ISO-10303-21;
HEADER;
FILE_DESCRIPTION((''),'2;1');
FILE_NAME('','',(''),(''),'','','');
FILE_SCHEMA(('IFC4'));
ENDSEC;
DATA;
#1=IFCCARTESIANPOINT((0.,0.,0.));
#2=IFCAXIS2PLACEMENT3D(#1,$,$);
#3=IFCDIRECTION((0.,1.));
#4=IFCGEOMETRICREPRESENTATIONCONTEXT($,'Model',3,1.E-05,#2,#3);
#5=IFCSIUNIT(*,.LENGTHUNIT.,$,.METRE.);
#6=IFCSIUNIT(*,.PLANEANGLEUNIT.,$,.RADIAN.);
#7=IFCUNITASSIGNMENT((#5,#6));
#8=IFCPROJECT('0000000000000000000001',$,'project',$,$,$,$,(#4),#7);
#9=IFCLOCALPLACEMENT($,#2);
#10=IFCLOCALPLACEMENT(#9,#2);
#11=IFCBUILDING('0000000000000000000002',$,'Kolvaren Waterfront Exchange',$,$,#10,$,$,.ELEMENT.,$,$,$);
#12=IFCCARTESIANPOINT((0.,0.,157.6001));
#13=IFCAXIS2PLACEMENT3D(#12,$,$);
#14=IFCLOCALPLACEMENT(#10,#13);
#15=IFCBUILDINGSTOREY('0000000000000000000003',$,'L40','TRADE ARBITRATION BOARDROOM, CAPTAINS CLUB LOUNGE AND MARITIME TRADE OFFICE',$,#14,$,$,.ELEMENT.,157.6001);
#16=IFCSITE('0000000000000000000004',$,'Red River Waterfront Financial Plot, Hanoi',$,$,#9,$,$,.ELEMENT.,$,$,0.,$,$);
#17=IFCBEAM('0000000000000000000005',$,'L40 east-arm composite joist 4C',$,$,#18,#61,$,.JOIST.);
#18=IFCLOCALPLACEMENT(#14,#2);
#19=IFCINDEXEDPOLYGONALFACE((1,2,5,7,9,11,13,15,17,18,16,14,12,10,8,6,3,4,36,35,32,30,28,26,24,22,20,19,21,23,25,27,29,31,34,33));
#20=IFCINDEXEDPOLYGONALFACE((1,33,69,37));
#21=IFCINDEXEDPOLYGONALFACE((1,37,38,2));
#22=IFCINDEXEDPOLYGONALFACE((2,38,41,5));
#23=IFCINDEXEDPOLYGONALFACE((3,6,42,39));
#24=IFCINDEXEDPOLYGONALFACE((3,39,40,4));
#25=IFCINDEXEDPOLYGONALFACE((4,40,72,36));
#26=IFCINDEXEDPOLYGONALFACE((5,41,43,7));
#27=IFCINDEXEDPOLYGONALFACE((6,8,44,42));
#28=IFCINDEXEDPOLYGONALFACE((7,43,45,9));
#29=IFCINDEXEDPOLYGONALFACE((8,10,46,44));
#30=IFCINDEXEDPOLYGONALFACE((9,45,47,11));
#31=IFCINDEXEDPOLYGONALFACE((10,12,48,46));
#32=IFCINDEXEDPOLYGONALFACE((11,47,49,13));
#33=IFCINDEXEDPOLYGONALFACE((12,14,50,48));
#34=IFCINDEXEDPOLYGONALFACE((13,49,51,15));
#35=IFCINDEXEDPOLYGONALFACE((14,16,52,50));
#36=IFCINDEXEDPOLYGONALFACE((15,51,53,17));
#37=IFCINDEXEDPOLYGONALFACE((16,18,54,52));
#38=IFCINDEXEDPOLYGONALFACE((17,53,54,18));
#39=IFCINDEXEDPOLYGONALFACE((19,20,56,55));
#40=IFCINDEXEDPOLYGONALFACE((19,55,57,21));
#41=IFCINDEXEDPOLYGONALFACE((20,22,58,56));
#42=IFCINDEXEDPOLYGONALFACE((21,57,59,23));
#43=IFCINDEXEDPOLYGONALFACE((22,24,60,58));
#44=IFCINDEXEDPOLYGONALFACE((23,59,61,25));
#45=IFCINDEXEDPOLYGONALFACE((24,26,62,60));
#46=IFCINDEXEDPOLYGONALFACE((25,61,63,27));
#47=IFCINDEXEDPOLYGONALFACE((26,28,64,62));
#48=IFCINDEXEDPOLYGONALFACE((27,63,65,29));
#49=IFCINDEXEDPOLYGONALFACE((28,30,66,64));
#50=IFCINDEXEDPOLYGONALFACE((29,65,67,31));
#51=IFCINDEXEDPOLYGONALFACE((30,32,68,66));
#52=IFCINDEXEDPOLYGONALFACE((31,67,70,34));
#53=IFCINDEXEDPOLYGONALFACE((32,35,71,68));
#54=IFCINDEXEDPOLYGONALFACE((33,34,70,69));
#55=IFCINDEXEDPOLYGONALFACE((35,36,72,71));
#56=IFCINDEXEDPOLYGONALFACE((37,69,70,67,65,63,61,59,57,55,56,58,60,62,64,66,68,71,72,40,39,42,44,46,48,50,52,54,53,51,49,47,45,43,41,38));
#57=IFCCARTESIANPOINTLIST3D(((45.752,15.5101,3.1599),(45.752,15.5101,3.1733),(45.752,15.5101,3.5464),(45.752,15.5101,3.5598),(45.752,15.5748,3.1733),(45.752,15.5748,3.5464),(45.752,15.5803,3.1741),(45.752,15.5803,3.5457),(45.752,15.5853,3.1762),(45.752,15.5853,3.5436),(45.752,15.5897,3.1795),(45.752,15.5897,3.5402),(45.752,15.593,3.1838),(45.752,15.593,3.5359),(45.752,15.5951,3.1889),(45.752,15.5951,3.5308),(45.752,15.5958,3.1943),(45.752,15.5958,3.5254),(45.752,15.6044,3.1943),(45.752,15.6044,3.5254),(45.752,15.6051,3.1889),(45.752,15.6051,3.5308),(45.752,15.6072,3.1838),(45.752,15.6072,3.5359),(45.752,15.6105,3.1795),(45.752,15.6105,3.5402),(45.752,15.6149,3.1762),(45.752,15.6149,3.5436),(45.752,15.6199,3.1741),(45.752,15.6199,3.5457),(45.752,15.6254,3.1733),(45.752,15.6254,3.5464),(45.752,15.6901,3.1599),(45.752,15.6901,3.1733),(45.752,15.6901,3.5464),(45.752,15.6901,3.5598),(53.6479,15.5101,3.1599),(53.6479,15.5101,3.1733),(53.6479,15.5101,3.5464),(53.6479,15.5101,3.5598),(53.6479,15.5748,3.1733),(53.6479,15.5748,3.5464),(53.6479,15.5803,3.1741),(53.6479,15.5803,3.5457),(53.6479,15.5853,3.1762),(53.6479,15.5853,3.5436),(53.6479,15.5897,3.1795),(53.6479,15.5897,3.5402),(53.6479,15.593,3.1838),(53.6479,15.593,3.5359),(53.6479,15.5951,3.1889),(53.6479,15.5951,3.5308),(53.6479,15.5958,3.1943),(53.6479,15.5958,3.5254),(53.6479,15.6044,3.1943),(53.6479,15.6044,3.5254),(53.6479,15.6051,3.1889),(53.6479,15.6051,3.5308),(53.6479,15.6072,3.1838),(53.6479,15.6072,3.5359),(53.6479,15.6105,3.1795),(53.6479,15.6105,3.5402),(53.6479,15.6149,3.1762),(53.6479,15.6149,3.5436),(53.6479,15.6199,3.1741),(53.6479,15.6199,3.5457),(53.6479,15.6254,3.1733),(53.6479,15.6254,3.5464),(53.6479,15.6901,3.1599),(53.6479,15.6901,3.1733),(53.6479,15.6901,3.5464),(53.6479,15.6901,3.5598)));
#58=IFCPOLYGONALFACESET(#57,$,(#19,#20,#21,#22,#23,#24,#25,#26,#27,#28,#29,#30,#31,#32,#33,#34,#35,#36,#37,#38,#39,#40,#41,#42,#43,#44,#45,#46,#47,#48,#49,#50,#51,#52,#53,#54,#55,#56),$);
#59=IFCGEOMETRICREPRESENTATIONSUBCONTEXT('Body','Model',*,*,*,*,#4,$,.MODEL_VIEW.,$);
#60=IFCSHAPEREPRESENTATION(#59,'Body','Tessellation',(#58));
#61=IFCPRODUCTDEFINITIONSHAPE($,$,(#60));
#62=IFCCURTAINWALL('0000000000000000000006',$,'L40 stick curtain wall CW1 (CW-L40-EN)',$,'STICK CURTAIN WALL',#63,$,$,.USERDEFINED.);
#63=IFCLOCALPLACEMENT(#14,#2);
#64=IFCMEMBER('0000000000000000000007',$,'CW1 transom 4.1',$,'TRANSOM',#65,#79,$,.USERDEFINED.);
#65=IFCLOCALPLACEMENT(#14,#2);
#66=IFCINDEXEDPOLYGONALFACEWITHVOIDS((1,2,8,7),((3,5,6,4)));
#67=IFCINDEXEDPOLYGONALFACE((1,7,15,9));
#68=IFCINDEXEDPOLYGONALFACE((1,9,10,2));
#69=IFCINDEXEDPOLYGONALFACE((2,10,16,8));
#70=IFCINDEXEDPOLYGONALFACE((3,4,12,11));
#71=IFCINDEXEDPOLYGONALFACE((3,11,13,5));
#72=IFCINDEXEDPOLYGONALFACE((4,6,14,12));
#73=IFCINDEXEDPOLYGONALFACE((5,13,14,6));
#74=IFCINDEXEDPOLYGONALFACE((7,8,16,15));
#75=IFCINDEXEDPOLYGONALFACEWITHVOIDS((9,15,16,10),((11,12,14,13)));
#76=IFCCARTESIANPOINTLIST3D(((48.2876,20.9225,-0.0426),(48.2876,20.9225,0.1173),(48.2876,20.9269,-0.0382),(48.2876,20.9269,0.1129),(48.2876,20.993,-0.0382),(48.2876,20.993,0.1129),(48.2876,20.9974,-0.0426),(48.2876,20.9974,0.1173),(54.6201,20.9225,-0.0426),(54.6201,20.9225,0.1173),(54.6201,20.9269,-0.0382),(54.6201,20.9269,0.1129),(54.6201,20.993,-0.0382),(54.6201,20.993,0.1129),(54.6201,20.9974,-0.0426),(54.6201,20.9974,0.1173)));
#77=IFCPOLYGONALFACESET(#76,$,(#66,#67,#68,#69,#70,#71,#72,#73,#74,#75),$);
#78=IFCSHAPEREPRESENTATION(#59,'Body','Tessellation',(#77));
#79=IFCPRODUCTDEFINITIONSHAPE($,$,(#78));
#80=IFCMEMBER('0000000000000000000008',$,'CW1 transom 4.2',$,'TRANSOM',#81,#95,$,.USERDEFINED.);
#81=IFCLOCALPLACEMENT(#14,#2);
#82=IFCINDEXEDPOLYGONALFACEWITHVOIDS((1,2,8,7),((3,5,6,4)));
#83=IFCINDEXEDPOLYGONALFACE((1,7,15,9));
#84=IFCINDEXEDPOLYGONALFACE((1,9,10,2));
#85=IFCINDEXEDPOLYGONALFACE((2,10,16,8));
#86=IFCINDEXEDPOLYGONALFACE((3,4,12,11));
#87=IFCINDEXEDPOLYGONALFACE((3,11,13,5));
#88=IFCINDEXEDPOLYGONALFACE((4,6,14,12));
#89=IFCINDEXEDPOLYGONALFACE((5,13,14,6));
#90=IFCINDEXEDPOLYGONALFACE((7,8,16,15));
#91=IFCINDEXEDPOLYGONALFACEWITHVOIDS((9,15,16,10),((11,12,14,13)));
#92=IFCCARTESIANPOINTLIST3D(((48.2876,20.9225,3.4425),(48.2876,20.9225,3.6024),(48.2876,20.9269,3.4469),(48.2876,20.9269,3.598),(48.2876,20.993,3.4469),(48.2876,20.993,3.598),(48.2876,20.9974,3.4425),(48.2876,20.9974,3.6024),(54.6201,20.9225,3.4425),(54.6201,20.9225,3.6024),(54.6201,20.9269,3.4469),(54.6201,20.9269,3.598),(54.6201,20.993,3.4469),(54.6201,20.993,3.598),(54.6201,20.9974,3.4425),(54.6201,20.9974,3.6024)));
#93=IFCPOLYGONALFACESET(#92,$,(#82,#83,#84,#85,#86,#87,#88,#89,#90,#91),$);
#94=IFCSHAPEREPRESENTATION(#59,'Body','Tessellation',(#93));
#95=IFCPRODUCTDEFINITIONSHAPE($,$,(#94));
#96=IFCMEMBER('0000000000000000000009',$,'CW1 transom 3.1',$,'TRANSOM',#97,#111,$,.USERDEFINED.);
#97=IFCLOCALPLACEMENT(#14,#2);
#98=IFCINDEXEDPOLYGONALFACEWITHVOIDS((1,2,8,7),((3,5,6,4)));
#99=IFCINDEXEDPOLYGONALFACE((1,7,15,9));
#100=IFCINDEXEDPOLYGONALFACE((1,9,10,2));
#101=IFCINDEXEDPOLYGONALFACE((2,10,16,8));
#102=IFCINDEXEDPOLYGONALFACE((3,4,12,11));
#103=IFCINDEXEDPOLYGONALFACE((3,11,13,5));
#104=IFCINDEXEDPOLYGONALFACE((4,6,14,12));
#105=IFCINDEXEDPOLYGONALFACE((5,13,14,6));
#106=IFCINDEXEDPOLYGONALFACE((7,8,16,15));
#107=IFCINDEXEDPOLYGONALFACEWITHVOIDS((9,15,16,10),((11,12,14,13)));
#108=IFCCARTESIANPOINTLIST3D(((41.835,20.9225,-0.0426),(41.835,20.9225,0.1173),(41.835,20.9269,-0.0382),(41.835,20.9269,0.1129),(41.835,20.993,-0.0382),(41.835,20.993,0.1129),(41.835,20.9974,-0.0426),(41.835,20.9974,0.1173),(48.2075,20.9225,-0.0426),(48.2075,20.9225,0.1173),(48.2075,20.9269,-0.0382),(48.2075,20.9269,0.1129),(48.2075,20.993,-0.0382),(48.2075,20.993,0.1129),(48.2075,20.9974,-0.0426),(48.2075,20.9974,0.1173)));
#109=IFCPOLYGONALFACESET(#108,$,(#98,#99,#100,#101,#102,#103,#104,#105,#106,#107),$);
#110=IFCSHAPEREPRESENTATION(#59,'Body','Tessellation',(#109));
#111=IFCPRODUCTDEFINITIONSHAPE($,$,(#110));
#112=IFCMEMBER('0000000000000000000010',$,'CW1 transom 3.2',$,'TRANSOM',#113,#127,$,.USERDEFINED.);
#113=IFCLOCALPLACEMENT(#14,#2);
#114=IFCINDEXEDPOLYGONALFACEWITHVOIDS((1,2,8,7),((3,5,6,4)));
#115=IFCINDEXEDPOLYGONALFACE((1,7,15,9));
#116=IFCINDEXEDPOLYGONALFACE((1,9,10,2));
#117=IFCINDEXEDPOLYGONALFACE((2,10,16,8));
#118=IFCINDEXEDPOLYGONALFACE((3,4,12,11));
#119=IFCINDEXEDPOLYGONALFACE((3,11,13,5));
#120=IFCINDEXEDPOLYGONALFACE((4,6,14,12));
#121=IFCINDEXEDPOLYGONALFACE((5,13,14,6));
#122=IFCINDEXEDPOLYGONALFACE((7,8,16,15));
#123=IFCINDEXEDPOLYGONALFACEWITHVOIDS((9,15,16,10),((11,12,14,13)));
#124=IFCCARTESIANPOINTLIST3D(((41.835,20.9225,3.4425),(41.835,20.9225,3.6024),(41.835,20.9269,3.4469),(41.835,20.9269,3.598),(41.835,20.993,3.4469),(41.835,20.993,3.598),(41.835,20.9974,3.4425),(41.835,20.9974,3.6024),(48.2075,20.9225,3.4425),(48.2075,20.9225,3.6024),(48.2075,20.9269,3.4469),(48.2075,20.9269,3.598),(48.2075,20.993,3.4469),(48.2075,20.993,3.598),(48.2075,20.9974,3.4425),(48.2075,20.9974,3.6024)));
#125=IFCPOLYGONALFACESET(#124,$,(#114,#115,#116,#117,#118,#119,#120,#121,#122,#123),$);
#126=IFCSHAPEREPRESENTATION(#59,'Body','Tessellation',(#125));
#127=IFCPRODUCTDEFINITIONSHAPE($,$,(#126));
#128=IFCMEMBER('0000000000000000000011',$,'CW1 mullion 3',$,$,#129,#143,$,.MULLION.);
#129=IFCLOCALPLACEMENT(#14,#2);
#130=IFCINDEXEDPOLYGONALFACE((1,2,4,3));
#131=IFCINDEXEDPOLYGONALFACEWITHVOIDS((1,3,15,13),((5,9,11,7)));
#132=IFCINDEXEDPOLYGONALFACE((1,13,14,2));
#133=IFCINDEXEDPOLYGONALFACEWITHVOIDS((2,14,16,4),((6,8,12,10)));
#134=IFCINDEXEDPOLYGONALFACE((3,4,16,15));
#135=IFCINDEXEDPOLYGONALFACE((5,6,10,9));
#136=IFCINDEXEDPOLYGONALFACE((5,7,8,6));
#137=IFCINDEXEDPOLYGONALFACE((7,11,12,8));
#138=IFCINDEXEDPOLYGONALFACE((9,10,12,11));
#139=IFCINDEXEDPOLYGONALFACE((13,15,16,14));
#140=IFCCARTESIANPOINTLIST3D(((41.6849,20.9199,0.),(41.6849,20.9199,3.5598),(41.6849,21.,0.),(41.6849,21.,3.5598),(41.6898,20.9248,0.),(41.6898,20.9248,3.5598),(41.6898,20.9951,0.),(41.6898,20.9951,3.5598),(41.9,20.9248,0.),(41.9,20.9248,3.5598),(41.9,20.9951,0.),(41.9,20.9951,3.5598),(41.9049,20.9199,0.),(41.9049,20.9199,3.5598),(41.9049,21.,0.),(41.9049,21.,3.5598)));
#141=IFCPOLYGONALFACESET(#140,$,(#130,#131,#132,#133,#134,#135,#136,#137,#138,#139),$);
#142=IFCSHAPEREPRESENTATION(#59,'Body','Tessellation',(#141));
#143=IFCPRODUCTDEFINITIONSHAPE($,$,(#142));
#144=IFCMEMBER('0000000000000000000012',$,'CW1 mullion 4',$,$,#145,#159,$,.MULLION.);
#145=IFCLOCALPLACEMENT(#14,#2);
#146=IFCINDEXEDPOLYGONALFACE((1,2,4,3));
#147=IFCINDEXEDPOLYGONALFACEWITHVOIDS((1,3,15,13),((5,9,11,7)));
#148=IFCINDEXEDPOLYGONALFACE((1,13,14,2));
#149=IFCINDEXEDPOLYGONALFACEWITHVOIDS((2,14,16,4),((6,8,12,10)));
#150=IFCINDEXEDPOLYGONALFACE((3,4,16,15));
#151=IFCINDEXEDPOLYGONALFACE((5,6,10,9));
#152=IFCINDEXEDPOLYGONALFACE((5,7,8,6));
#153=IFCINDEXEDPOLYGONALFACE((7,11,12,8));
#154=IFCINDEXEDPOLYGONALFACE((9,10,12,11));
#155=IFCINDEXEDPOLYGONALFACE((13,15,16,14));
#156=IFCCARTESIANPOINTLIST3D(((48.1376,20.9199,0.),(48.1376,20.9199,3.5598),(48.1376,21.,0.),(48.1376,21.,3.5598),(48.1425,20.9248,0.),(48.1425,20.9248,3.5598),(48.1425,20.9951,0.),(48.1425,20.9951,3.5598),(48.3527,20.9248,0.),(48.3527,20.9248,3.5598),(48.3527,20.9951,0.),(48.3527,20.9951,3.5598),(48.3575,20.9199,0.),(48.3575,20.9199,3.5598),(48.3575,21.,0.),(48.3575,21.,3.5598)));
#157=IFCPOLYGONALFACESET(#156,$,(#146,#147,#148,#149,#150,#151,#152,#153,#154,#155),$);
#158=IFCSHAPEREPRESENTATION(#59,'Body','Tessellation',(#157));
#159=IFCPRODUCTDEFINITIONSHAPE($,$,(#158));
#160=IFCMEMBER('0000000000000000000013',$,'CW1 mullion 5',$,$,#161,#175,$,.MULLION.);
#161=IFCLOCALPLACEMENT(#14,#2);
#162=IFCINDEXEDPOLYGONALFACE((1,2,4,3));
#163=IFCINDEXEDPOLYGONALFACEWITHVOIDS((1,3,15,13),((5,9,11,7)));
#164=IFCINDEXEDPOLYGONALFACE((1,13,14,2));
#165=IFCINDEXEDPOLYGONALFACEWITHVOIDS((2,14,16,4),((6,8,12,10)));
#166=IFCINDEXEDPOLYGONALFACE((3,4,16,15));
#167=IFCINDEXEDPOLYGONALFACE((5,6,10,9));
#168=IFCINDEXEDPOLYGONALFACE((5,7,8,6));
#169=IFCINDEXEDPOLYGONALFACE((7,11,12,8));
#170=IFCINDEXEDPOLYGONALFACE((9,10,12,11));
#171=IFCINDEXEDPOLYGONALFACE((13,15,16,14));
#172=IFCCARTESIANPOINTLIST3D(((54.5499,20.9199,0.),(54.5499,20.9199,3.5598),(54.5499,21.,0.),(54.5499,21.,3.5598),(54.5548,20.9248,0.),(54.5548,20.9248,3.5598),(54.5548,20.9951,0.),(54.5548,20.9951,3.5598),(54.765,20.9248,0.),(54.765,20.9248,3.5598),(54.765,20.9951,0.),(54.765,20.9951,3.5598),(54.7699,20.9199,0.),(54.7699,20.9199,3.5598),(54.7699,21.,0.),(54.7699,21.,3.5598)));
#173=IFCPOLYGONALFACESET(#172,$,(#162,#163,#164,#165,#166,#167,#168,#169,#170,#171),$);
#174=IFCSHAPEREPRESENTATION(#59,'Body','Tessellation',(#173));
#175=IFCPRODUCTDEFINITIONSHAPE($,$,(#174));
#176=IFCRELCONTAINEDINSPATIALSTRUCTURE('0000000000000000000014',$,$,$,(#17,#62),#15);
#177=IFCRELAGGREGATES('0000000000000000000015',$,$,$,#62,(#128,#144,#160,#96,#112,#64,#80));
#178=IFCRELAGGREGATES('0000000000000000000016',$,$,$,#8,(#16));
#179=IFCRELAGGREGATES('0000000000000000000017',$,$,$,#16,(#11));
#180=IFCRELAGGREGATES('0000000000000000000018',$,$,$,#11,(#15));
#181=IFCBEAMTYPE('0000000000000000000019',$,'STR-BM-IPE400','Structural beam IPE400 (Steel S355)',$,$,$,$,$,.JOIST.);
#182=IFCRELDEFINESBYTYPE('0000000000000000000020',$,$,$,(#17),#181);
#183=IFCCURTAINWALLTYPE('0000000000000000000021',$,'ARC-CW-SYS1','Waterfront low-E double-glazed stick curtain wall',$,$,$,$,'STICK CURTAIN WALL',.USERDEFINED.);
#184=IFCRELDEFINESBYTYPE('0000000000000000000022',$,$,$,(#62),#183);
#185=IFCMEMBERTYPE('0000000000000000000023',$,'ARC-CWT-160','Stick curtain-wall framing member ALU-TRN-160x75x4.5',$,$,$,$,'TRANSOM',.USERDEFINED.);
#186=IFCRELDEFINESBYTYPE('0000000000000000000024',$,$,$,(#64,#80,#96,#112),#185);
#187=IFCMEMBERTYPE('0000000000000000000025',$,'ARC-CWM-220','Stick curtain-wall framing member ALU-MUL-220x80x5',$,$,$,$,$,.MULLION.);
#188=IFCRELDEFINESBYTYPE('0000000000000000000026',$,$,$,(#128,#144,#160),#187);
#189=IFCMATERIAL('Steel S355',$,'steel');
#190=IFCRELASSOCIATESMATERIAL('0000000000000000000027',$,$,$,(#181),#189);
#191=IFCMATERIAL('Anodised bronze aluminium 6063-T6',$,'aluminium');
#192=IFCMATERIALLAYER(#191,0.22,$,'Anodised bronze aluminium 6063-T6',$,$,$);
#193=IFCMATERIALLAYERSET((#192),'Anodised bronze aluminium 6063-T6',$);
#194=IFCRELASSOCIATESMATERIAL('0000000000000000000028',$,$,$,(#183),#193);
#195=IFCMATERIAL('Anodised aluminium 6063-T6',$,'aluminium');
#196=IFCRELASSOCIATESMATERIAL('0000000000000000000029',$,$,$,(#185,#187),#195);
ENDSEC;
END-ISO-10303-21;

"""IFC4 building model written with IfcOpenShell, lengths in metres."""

from ifc_helpers import new_model, si_unit, direction, frame, origin, origin_with_axes, origin_2d, place, context, subcontext, project, spatial, hollow_rectangle, i_section, extrude, source, transform, mapped, material, layer, layer_set, material_profile, profile_set, type_object, element, aggregate, save


model = new_model("IFC4")

# Units and contexts
model_context = context("Model", 3, precision=1e-05, world=origin(), true_north=direction((0.0, 1.0)))
body_context = subcontext(model_context, "Body", "Model", "MODEL_VIEW")
ifc_project = project(units=[si_unit("LENGTHUNIT", "METRE"), si_unit("PLANEANGLEUNIT", "RADIAN")], contexts=[model_context])

# Site, building, storey
site_placement = place(None, origin())
site = spatial("IfcSite", under=ifc_project, at=site_placement, Name="Red River Waterfront Financial Plot, Hanoi", CompositionType="ELEMENT", RefElevation=0.0)
building_placement = place(site_placement, origin())
building = spatial("IfcBuilding", under=site, at=building_placement, Name="Kolvaren Waterfront Exchange", CompositionType="ELEMENT")
storey_placement = place(building_placement, frame((0.0, 0.0, 157.6001)))
storey = spatial("IfcBuildingStorey", under=building, at=storey_placement, Name="L40", Description="TRADE ARBITRATION BOARDROOM, CAPTAINS CLUB LOUNGE AND MARITIME TRADE OFFICE", CompositionType="ELEMENT", Elevation=157.6001)

# Beam
ifc_material_1 = material(Name="Steel S355", Category="steel")
ifc_material_profile_1 = material_profile(ifc_material_1, i_section(OverallWidth=0.1799, OverallDepth=0.3999, WebThickness=0.0085, FlangeThickness=0.0134, FilletRadius=0.021, at=origin_2d()), Name="IPE400")
ifc_profile_set_1 = profile_set([ifc_material_profile_1], Name="Steel S355")
beam_type_1 = type_object("IfcBeamType", Name="STR-BM-IPE400", Description="Structural beam IPE400 (Steel S355)", PredefinedType="JOIST", material=ifc_profile_set_1)
for number, where, z_axis, x_axis, name in (
    (1, (45.752, 15.6001, 3.3599), (1.0, 0.0, 0.0), (0.0, 1.0, 0.0), "L40 east-arm composite joist 4C"),
):
    element("IfcBeam", number, at=place(storey_placement, frame(where, z_axis=z_axis, x_axis=x_axis)), inside=storey, type_object=beam_type_1, Name=name, PredefinedType="JOIST", context=body_context, shape_type="SweptSolid", body=[
        extrude(i_section(OverallWidth=0.1799, OverallDepth=0.3999, WebThickness=0.0085, FlangeThickness=0.0134, FilletRadius=0.021, at=origin_2d()), origin(), (0.0, 0.0, 1.0), 7.896),
    ])

# Curtain wall, members
ifc_material_2 = material(Name="Anodised bronze aluminium 6063-T6", Category="aluminium")
ifc_layer_1 = layer(ifc_material_2, 0.22, Name="Anodised bronze aluminium 6063-T6")
ifc_layer_set_1 = layer_set([ifc_layer_1], Name="Anodised bronze aluminium 6063-T6")
curtain_wall_type = type_object("IfcCurtainWallType", Name="ARC-CW-SYS1", Description="Waterfront low-E double-glazed stick curtain wall", ElementType="STICK CURTAIN WALL", PredefinedType="USERDEFINED", material=ifc_layer_set_1)
curtain_wall_placement = place(storey_placement, origin())
curtain_wall = element("IfcCurtainWall", 2, at=curtain_wall_placement, inside=storey, type_object=curtain_wall_type, Name="L40 stick curtain wall CW1 (CW-L40-EN)", ObjectType="STICK CURTAIN WALL", PredefinedType="USERDEFINED")
ifc_material_3 = material(Name="Anodised aluminium 6063-T6", Category="aluminium")
ifc_material_profile_2 = material_profile(ifc_material_3, hollow_rectangle(XDim=0.075, YDim=0.1599, WallThickness=0.0044, at=origin_2d()), Name="ALU-TRN-160x75x4.5")
ifc_profile_set_2 = profile_set([ifc_material_profile_2], Name="Anodised aluminium 6063-T6")
member_type_1 = type_object("IfcMemberType", Name="ARC-CWT-160", Description="Stick curtain-wall framing member ALU-TRN-160x75x4.5", ElementType="TRANSOM", PredefinedType="USERDEFINED", material=ifc_profile_set_2)
shared_shape_1 = source(origin_with_axes(), body_context, "Body", "SweptSolid", [
    extrude(hollow_rectangle(XDim=0.075, YDim=0.1599, WallThickness=0.0044, at=origin_2d()), origin(), (0.0, 0.0, 1.0), 6.3325),
])
member_1_placement = place(storey_placement, frame((48.2876, 20.96, 0.0374), z_axis=(1.0, 0.0, 0.0), x_axis=(0.0, 1.0, 0.0)))
member_1 = element("IfcMember", 3, at=member_1_placement, type_object=member_type_1, Name="CW1 transom 4.1", ObjectType="TRANSOM", PredefinedType="USERDEFINED", context=body_context, shape_type="MappedRepresentation", body=[
    mapped(shared_shape_1, transform((0.0, 0.0, 0.0), x_axis=(1.0, 0.0, 0.0), y_axis=(0.0, 1.0, 0.0), z_axis=(0.0, 0.0, 1.0), scale=1.0)),
])
member_2_placement = place(storey_placement, frame((48.2876, 20.96, 3.5225), z_axis=(1.0, 0.0, 0.0), x_axis=(0.0, 1.0, 0.0)))
member_2 = element("IfcMember", 4, at=member_2_placement, type_object=member_type_1, Name="CW1 transom 4.2", ObjectType="TRANSOM", PredefinedType="USERDEFINED", context=body_context, shape_type="MappedRepresentation", body=[
    mapped(shared_shape_1, transform((0.0, 0.0, 0.0), x_axis=(1.0, 0.0, 0.0), y_axis=(0.0, 1.0, 0.0), z_axis=(0.0, 0.0, 1.0), scale=1.0)),
])
shared_shape_2 = source(origin_with_axes(), body_context, "Body", "SweptSolid", [
    extrude(hollow_rectangle(XDim=0.075, YDim=0.1599, WallThickness=0.0044, at=origin_2d()), origin(), (0.0, 0.0, 1.0), 6.3726),
])
member_3_placement = place(storey_placement, frame((41.835, 20.96, 0.0374), z_axis=(1.0, 0.0, 0.0), x_axis=(0.0, 1.0, 0.0)))
member_3 = element("IfcMember", 5, at=member_3_placement, type_object=member_type_1, Name="CW1 transom 3.1", ObjectType="TRANSOM", PredefinedType="USERDEFINED", context=body_context, shape_type="MappedRepresentation", body=[
    mapped(shared_shape_2, transform((0.0, 0.0, 0.0), x_axis=(1.0, 0.0, 0.0), y_axis=(0.0, 1.0, 0.0), z_axis=(0.0, 0.0, 1.0), scale=1.0)),
])
member_4_placement = place(storey_placement, frame((41.835, 20.96, 3.5225), z_axis=(1.0, 0.0, 0.0), x_axis=(0.0, 1.0, 0.0)))
member_4 = element("IfcMember", 6, at=member_4_placement, type_object=member_type_1, Name="CW1 transom 3.2", ObjectType="TRANSOM", PredefinedType="USERDEFINED", context=body_context, shape_type="MappedRepresentation", body=[
    mapped(shared_shape_2, transform((0.0, 0.0, 0.0), x_axis=(1.0, 0.0, 0.0), y_axis=(0.0, 1.0, 0.0), z_axis=(0.0, 0.0, 1.0), scale=1.0)),
])
ifc_material_profile_3 = material_profile(ifc_material_3, hollow_rectangle(XDim=0.0801, YDim=0.22, WallThickness=0.0049, at=origin_2d()), Name="ALU-MUL-220x80x5")
ifc_profile_set_3 = profile_set([ifc_material_profile_3], Name="Anodised aluminium 6063-T6")
member_type_2 = type_object("IfcMemberType", Name="ARC-CWM-220", Description="Stick curtain-wall framing member ALU-MUL-220x80x5", PredefinedType="MULLION", material=ifc_profile_set_3)
shared_shape_3 = source(origin_with_axes(), body_context, "Body", "SweptSolid", [
    extrude(hollow_rectangle(XDim=0.0801, YDim=0.22, WallThickness=0.0049, at=origin_2d()), origin(), (0.0, 0.0, 1.0), 3.5598),
])
member_5_placement = place(storey_placement, frame((41.7949, 20.96, 0.0), z_axis=(0.0, 0.0, 1.0), x_axis=(0.0, 1.0, 0.0)))
member_5 = element("IfcMember", 7, at=member_5_placement, type_object=member_type_2, Name="CW1 mullion 3", PredefinedType="MULLION", context=body_context, shape_type="MappedRepresentation", body=[
    mapped(shared_shape_3, transform((0.0, 0.0, 0.0), x_axis=(1.0, 0.0, 0.0), y_axis=(0.0, 1.0, 0.0), z_axis=(0.0, 0.0, 1.0), scale=1.0)),
])
member_6_placement = place(storey_placement, frame((48.2476, 20.96, 0.0), z_axis=(0.0, 0.0, 1.0), x_axis=(0.0, 1.0, 0.0)))
member_6 = element("IfcMember", 8, at=member_6_placement, type_object=member_type_2, Name="CW1 mullion 4", PredefinedType="MULLION", context=body_context, shape_type="MappedRepresentation", body=[
    mapped(shared_shape_3, transform((0.0, 0.0, 0.0), x_axis=(1.0, 0.0, 0.0), y_axis=(0.0, 1.0, 0.0), z_axis=(0.0, 0.0, 1.0), scale=1.0)),
])
member_7_placement = place(storey_placement, frame((54.6599, 20.96, 0.0), z_axis=(0.0, 0.0, 1.0), x_axis=(0.0, 1.0, 0.0)))
member_7 = element("IfcMember", 9, at=member_7_placement, type_object=member_type_2, Name="CW1 mullion 5", PredefinedType="MULLION", context=body_context, shape_type="MappedRepresentation", body=[
    mapped(shared_shape_3, transform((0.0, 0.0, 0.0), x_axis=(1.0, 0.0, 0.0), y_axis=(0.0, 1.0, 0.0), z_axis=(0.0, 0.0, 1.0), scale=1.0)),
])
aggregate(curtain_wall, [member_5, member_6, member_7, member_3, member_4, member_1, member_2])

save(model, "model.ifc")
